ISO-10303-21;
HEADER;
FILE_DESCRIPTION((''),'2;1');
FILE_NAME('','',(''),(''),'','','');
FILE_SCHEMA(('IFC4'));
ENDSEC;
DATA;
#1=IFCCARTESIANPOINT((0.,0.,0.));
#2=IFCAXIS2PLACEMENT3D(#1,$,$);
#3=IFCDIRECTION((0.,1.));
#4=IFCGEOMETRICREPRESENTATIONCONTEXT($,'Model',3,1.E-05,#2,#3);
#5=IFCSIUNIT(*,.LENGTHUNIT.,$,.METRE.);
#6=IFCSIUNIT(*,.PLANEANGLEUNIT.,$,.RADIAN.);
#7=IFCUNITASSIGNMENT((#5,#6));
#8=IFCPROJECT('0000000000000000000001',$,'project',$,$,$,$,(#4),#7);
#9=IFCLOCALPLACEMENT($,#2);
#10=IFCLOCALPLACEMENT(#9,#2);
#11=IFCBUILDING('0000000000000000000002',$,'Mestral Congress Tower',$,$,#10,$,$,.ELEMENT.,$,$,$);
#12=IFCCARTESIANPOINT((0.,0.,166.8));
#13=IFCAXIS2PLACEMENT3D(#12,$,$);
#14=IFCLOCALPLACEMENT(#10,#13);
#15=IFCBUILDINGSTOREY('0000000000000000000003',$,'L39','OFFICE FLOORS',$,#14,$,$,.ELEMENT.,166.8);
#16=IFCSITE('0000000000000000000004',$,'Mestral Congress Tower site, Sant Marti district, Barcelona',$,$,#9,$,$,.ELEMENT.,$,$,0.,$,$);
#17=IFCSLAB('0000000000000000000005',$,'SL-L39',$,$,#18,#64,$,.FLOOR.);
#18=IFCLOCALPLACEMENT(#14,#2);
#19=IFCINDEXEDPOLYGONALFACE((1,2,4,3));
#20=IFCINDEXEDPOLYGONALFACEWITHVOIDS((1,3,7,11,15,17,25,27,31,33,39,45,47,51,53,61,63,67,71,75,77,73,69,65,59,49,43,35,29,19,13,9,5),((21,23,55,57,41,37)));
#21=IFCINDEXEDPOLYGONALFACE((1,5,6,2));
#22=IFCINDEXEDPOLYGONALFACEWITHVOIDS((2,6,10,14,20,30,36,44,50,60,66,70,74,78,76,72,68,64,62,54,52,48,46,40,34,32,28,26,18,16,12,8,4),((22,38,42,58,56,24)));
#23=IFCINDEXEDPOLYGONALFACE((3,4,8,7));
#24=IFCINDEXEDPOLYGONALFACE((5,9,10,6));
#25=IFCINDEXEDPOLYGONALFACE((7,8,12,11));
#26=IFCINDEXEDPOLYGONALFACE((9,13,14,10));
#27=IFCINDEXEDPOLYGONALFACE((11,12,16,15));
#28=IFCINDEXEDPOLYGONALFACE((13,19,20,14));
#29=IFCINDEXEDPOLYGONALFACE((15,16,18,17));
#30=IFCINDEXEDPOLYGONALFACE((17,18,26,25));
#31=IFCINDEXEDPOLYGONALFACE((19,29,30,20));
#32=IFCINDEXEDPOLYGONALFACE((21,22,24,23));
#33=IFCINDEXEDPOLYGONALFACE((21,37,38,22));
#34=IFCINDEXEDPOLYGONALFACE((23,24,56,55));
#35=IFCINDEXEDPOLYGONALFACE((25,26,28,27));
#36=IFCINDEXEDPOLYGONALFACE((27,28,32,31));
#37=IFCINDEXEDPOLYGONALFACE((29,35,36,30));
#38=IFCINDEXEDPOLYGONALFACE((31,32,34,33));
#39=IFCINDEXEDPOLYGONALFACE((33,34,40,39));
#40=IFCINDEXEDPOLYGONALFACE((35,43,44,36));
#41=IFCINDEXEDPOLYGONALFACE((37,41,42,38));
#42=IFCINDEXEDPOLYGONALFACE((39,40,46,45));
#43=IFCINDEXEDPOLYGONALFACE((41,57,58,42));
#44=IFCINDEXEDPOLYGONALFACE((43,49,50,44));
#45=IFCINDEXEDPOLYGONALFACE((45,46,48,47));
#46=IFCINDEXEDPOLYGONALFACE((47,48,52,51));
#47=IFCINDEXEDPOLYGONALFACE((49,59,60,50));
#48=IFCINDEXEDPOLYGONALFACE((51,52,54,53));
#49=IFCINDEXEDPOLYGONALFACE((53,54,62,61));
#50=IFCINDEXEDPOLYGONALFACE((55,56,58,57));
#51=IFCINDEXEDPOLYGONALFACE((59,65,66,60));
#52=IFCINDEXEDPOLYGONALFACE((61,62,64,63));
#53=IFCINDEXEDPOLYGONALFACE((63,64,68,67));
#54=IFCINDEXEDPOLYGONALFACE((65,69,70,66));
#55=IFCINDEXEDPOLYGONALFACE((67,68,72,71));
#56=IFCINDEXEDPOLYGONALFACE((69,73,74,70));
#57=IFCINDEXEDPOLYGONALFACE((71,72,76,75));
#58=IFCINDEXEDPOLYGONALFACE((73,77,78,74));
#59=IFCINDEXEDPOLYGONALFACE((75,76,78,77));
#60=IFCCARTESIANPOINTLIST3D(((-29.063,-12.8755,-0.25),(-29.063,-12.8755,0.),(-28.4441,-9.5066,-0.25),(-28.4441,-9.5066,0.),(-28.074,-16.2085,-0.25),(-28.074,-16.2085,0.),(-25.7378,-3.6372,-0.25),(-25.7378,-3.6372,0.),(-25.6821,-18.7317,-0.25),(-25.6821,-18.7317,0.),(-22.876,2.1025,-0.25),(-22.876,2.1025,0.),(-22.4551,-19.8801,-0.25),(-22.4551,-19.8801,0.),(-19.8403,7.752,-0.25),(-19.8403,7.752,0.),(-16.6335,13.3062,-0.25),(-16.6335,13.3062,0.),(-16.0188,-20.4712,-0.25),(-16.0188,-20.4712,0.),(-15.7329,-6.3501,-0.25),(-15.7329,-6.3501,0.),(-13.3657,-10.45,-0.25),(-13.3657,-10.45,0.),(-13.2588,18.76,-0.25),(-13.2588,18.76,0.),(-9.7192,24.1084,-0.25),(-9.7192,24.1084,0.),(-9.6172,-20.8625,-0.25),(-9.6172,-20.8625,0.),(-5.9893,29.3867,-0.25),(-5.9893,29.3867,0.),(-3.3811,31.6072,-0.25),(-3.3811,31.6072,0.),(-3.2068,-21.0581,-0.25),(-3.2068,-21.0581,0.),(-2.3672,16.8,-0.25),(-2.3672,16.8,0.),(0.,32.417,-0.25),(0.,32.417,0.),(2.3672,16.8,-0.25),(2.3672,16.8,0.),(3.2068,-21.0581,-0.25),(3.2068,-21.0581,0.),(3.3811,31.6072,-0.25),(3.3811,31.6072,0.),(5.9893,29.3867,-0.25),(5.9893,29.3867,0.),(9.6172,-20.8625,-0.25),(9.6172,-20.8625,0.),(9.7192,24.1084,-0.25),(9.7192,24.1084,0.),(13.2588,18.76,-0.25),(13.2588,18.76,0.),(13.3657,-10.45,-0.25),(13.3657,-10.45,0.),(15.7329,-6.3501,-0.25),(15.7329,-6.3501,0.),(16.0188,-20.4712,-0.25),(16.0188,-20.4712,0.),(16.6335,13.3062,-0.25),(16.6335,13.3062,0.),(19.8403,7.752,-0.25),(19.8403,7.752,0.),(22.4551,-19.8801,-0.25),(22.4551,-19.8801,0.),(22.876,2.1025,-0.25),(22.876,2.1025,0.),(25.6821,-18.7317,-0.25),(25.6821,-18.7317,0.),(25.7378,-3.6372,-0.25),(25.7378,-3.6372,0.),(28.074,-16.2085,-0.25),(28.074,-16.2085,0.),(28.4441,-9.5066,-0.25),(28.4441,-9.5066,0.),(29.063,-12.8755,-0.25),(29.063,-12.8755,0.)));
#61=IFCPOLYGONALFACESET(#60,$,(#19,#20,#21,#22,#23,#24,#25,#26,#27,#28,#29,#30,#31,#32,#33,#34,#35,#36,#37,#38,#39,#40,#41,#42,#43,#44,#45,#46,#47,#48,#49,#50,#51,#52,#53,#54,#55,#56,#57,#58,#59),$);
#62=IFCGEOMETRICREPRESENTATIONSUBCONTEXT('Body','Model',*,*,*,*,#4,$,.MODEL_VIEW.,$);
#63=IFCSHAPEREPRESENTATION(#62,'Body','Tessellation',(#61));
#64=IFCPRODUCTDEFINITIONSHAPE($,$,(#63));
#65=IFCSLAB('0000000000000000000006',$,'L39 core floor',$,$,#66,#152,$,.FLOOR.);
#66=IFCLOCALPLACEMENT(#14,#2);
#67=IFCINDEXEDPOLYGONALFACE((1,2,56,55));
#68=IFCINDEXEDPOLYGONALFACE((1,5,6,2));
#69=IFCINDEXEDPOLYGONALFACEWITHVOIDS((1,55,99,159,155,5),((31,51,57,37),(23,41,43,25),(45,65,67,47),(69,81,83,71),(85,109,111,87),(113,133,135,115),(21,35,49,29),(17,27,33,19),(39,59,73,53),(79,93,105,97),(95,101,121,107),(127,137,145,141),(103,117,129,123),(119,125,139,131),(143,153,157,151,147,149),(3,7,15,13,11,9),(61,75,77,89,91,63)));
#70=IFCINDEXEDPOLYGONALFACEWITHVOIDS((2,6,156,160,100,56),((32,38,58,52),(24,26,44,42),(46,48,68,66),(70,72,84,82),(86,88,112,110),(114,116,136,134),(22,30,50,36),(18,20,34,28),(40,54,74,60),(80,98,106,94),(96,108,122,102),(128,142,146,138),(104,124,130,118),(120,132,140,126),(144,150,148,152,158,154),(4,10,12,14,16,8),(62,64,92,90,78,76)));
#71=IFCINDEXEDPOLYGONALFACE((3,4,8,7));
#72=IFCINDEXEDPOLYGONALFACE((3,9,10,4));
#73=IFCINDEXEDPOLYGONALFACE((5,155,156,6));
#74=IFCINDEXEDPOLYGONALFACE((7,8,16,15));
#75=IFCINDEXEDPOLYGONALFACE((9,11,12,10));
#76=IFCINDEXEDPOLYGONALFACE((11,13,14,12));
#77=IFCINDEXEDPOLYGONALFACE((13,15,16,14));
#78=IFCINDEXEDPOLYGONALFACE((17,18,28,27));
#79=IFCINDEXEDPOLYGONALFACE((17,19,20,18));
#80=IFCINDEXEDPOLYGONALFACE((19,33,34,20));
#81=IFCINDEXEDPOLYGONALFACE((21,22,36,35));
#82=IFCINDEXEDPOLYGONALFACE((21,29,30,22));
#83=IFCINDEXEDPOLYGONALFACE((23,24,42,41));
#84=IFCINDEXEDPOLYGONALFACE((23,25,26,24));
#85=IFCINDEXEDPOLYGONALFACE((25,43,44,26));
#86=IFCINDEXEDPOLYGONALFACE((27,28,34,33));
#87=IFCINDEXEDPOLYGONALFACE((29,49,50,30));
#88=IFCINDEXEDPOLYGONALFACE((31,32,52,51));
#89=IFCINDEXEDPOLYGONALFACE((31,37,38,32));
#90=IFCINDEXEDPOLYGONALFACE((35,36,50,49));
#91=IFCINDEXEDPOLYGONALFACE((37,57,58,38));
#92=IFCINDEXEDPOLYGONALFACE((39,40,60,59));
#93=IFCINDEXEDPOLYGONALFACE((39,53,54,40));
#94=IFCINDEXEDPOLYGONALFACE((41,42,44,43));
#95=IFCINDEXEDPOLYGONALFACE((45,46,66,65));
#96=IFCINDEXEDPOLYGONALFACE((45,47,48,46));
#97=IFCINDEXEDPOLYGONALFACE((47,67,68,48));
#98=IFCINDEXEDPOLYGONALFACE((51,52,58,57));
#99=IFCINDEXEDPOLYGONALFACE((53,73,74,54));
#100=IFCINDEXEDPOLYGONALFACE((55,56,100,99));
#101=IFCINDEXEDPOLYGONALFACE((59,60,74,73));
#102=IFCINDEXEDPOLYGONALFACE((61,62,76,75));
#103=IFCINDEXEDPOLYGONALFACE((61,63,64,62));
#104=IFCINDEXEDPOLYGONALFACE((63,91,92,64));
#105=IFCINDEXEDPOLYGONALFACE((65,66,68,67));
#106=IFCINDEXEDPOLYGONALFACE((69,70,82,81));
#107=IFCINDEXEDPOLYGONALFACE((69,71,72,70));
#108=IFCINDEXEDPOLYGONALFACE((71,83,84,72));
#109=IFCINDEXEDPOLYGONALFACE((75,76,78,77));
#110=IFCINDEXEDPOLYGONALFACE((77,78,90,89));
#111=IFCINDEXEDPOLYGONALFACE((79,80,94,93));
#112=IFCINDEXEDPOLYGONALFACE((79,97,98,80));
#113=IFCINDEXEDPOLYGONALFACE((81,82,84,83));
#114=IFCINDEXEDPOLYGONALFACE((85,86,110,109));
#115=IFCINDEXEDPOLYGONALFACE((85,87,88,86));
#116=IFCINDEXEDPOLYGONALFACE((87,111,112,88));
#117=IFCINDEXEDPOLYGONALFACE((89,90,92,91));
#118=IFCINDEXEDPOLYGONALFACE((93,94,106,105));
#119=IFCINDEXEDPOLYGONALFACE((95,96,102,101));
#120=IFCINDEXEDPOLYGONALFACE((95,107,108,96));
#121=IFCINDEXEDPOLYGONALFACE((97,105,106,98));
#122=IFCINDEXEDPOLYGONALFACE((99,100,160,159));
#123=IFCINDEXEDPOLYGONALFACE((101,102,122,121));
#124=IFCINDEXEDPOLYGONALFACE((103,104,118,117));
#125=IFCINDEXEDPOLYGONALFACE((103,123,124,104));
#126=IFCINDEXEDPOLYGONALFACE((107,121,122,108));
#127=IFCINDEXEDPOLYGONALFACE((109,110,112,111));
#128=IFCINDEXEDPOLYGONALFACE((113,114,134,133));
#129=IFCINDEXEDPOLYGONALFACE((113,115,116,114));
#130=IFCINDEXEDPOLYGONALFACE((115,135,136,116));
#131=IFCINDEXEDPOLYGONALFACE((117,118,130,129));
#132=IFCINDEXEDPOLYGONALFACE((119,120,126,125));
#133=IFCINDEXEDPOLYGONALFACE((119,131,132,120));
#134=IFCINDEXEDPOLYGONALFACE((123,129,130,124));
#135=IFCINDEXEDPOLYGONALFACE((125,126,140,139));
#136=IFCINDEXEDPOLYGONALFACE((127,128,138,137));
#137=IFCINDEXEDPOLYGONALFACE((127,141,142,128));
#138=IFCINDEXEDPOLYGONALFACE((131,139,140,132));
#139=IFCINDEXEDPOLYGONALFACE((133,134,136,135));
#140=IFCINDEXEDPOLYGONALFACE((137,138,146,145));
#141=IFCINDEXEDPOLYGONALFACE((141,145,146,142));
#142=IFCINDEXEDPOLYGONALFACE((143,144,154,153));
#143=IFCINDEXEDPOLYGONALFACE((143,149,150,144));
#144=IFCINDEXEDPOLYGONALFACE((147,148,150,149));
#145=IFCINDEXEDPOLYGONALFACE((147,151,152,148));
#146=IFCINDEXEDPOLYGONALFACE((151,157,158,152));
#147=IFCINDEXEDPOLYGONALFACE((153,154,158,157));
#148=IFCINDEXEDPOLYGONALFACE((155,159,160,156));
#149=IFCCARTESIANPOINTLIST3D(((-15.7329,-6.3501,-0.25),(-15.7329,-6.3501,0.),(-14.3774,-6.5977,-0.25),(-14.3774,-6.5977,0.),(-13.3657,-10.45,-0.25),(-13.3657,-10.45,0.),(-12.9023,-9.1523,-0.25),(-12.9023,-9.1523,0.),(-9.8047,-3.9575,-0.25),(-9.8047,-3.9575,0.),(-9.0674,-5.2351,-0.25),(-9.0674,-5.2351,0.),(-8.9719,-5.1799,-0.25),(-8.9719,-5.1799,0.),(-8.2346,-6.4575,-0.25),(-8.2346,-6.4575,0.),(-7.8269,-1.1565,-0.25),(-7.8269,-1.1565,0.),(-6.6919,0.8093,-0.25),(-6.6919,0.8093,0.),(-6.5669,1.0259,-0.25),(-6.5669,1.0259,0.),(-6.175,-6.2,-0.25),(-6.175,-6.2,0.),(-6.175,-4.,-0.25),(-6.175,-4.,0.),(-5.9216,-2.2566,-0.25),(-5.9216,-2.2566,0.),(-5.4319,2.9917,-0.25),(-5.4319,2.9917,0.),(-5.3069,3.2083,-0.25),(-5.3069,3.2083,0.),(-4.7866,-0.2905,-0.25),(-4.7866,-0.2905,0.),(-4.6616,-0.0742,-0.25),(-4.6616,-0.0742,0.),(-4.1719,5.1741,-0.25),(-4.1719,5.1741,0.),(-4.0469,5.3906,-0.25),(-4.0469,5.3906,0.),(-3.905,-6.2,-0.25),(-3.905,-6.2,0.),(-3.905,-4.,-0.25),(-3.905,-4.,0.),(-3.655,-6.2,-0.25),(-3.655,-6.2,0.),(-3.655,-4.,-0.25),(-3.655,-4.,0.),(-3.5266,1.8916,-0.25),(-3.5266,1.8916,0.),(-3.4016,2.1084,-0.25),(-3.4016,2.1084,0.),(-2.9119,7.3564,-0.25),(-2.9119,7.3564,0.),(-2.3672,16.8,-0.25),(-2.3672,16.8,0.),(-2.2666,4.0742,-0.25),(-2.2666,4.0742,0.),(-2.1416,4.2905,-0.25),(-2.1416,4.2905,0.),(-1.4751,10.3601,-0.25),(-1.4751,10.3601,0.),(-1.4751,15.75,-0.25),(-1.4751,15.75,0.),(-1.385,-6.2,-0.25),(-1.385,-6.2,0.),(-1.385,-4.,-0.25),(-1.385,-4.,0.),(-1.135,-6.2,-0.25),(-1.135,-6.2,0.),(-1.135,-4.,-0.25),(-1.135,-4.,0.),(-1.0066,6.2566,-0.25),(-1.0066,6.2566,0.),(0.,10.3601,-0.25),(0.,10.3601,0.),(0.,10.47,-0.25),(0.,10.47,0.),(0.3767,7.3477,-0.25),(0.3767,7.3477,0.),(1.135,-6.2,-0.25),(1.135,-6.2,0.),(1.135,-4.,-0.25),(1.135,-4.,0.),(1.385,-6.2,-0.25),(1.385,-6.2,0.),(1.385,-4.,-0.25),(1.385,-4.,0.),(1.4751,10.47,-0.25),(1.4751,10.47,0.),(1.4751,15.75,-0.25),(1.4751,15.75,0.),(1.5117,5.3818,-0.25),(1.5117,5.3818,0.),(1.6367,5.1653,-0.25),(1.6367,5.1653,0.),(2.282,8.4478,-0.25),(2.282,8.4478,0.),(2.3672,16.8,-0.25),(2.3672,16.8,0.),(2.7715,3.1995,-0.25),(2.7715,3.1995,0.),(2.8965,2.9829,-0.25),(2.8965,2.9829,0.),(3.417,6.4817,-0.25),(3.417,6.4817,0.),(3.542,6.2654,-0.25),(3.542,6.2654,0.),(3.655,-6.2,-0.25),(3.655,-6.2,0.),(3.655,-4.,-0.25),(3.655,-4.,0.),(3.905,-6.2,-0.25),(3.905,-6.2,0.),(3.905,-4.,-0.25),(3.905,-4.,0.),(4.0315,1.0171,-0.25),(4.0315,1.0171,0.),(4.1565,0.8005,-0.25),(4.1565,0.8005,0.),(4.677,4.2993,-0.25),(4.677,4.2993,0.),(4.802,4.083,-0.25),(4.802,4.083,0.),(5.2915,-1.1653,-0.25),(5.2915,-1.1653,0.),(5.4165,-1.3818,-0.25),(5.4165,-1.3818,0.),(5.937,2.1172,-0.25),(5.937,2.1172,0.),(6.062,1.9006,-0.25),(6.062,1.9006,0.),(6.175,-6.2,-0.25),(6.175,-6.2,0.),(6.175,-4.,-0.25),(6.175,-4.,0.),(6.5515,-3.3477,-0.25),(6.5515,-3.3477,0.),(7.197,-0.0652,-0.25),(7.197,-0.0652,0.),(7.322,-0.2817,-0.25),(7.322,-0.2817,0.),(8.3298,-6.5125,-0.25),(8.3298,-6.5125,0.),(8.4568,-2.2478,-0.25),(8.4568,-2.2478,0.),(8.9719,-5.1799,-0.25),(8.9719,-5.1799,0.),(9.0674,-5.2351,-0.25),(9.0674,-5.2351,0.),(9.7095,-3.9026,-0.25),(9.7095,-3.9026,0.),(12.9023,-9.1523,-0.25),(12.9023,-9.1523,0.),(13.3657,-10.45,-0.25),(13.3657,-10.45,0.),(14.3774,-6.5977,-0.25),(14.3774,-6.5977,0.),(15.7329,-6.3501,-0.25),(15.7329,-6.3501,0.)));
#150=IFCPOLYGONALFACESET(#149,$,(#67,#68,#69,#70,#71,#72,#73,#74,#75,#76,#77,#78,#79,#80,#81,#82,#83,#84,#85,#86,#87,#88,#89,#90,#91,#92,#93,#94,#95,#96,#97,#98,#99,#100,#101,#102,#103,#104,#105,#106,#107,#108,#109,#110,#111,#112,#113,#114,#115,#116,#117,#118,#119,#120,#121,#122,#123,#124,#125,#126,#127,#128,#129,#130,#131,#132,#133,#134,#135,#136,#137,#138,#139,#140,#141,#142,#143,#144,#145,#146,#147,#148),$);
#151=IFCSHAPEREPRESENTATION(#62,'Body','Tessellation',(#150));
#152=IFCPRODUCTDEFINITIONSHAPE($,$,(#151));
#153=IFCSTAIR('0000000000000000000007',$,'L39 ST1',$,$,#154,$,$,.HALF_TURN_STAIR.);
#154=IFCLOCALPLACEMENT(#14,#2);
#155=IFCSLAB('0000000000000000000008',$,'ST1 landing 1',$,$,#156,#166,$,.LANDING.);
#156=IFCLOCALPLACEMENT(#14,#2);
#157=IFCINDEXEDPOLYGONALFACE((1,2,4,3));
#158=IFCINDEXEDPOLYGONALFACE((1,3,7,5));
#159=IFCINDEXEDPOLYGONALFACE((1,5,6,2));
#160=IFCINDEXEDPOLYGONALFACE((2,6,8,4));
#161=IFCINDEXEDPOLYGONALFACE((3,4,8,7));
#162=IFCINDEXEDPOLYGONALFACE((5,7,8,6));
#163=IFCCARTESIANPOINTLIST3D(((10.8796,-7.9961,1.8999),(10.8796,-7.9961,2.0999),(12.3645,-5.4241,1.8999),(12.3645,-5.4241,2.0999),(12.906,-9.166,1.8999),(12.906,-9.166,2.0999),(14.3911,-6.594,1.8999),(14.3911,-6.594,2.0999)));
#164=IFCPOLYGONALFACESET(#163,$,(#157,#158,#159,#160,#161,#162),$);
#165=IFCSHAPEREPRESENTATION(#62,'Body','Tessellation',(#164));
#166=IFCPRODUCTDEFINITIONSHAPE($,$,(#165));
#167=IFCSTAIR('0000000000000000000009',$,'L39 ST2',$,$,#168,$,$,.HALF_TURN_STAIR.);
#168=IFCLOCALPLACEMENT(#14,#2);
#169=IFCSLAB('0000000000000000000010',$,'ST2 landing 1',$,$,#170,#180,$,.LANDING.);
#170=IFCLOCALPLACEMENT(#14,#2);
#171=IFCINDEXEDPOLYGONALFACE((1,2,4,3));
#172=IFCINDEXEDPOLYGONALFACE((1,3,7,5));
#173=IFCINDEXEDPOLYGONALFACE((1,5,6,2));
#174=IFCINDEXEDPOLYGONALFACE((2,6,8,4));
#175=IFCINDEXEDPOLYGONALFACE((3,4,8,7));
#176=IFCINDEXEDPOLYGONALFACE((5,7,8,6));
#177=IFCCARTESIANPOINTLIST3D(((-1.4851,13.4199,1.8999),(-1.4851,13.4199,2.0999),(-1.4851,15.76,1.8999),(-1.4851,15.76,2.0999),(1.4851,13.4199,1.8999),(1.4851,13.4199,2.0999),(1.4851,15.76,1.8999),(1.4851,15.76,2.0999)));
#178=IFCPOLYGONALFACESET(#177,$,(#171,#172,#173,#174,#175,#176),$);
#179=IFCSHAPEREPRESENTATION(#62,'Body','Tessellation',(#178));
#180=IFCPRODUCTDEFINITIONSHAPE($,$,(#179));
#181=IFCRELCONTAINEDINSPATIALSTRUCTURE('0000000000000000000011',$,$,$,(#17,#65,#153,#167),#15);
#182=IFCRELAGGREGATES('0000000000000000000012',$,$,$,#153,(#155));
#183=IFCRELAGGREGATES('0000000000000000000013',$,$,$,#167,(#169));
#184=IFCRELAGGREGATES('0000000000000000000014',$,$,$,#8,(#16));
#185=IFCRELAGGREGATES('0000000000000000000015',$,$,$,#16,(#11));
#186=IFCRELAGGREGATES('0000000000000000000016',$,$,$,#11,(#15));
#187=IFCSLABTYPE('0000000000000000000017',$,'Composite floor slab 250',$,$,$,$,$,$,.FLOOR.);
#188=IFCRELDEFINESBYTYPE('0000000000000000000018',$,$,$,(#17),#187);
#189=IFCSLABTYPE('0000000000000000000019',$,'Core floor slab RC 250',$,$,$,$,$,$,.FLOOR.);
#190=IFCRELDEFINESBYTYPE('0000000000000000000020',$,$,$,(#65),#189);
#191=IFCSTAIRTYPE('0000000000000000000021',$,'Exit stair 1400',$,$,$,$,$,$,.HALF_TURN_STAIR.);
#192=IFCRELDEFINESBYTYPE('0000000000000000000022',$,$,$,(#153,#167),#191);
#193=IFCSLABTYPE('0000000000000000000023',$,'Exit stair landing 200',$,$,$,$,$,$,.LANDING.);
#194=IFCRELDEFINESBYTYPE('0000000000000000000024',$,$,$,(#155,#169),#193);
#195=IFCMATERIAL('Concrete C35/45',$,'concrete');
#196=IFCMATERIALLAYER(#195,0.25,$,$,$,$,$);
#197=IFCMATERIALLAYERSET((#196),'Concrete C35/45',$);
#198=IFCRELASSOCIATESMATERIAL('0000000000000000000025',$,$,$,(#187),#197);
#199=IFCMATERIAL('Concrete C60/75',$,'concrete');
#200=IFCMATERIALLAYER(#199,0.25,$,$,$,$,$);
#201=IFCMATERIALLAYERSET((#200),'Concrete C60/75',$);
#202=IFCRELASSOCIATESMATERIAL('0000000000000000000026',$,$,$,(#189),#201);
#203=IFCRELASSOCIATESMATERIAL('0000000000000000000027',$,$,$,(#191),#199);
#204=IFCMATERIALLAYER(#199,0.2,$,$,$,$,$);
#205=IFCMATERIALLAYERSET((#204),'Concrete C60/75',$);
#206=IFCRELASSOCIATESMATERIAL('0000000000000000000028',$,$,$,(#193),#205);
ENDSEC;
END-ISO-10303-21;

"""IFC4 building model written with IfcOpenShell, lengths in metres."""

from ifc_helpers import new_model, si_unit, direction, frame, origin, place, context, subcontext, project, spatial, polyline, outline, extrude, material, layer, layer_set, type_object, element, aggregate, save


model = new_model("IFC4")

# Units and contexts
model_context = context("Model", 3, precision=1e-05, world=origin(), true_north=direction((0.0, 1.0)))
body_context = subcontext(model_context, "Body", "Model", "MODEL_VIEW")
ifc_project = project(units=[si_unit("LENGTHUNIT", "METRE"), si_unit("PLANEANGLEUNIT", "RADIAN")], contexts=[model_context])

# Site, building, storey
site_placement = place(None, origin())
site = spatial("IfcSite", under=ifc_project, at=site_placement, Name="Mestral Congress Tower site, Sant Marti district, Barcelona", CompositionType="ELEMENT", RefElevation=0.0)
building_placement = place(site_placement, origin())
building = spatial("IfcBuilding", under=site, at=building_placement, Name="Mestral Congress Tower", CompositionType="ELEMENT")
storey_placement = place(building_placement, frame((0.0, 0.0, 166.8)))
storey = spatial("IfcBuildingStorey", under=building, at=storey_placement, Name="L39", Description="OFFICE FLOORS", CompositionType="ELEMENT", Elevation=166.8)

# Slabs
ifc_material_1 = material(Name="Concrete C35/45", Category="concrete")
ifc_layer_1 = layer(ifc_material_1, 0.25)
ifc_layer_set_1 = layer_set([ifc_layer_1], Name="Concrete C35/45")
slab_type_1 = type_object("IfcSlabType", Name="Composite floor slab 250", PredefinedType="FLOOR", material=ifc_layer_set_1)
placement_1 = place(storey_placement, frame((0.0, 0.0, -0.25)))
element("IfcSlab", 1, at=placement_1, inside=storey, type_object=slab_type_1, Name="SL-L39", PredefinedType="FLOOR", context=body_context, shape_type="SweptSolid", body=[
    extrude(outline(polyline([(-22.4551, -19.8801), (-25.6821, -18.7317), (-28.074, -16.2085), (-29.063, -12.8755), (-28.4441, -9.5066), (-25.7378, -3.6372), (-22.876, 2.1025), (-19.8403, 7.752), (-16.6335, 13.3062), (-13.2588, 18.76), (-9.7192, 24.1084), (-5.9893, 29.3867), (-3.3811, 31.6072), (0.0, 32.417), (3.3811, 31.6072), (5.9893, 29.3867), (9.7192, 24.1084), (13.2588, 18.76), (16.6335, 13.3062), (19.8403, 7.752), (22.876, 2.1025), (25.7378, -3.6372), (28.4441, -9.5066), (29.063, -12.8755), (28.074, -16.2085), (25.6821, -18.7317), (22.4551, -19.8801), (16.0188, -20.4712), (9.6172, -20.8625), (3.2068, -21.0581), (-3.2068, -21.0581), (-9.6172, -20.8625), (-16.0188, -20.4712), (-22.4551, -19.8801)]), holes=[polyline([(-2.3672, 16.8), (-15.7329, -6.3501), (-13.3657, -10.45), (13.3657, -10.45), (15.7329, -6.3501), (2.3672, 16.8), (-2.3672, 16.8)])]), origin(), (0.0, 0.0, 1.0), 0.25),
])
ifc_material_2 = material(Name="Concrete C60/75", Category="concrete")
ifc_layer_2 = layer(ifc_material_2, 0.25)
ifc_layer_set_2 = layer_set([ifc_layer_2], Name="Concrete C60/75")
slab_type_2 = type_object("IfcSlabType", Name="Core floor slab RC 250", PredefinedType="FLOOR", material=ifc_layer_set_2)
element("IfcSlab", 2, at=placement_1, inside=storey, type_object=slab_type_2, Name="L39 core floor", PredefinedType="FLOOR", context=body_context, shape_type="SweptSolid", body=[
    extrude(outline(polyline([(13.3657, -10.45), (-13.3657, -10.45), (-15.7329, -6.3501), (-2.3672, 16.8), (2.3672, 16.8), (15.7329, -6.3501), (13.3657, -10.45)]), holes=[polyline([(-9.8047, -3.9575), (-14.3774, -6.5977), (-12.9023, -9.1523), (-8.2346, -6.4575), (-8.9719, -5.1799), (-9.0674, -5.2351), (-9.8047, -3.9575)]), polyline([(-3.905, -4.0), (-6.175, -4.0), (-6.175, -6.2), (-3.905, -6.2), (-3.905, -4.0)]), polyline([(-1.385, -4.0), (-3.655, -4.0), (-3.655, -6.2), (-1.385, -6.2), (-1.385, -4.0)]), polyline([(1.135, -4.0), (-1.135, -4.0), (-1.135, -6.2), (1.135, -6.2), (1.135, -4.0)]), polyline([(-5.9216, -2.2566), (-4.7866, -0.2905), (-6.6919, 0.8093), (-7.8269, -1.1565), (-5.9216, -2.2566)]), polyline([(-4.6616, -0.0742), (-3.5266, 1.8916), (-5.4319, 2.9917), (-6.5669, 1.0259), (-4.6616, -0.0742)]), polyline([(-3.4016, 2.1084), (-2.2666, 4.0742), (-4.1719, 5.1741), (-5.3069, 3.2083), (-3.4016, 2.1084)]), polyline([(-2.1416, 4.2905), (-1.0066, 6.2566), (-2.9119, 7.3564), (-4.0469, 5.3906), (-2.1416, 4.2905)]), polyline([(1.4751, 10.47), (1.4751, 15.75), (-1.4751, 15.75), (-1.4751, 10.3601), (0.0, 10.3601), (0.0, 10.47), (1.4751, 10.47)]), polyline([(8.3298, -6.5125), (12.9023, -9.1523), (14.3774, -6.5977), (9.7095, -3.9026), (8.9719, -5.1799), (9.0674, -5.2351), (8.3298, -6.5125)]), polyline([(3.655, -4.0), (1.385, -4.0), (1.385, -6.2), (3.655, -6.2), (3.655, -4.0)]), polyline([(6.175, -4.0), (3.905, -4.0), (3.905, -6.2), (6.175, -6.2), (6.175, -4.0)]), polyline([(5.4165, -1.3818), (6.5515, -3.3477), (8.4568, -2.2478), (7.322, -0.2817), (5.4165, -1.3818)]), polyline([(4.1565, 0.8005), (5.2915, -1.1653), (7.197, -0.0652), (6.062, 1.9006), (4.1565, 0.8005)]), polyline([(2.8965, 2.9829), (4.0315, 1.0171), (5.937, 2.1172), (4.802, 4.083), (2.8965, 2.9829)]), polyline([(3.542, 6.2654), (1.6367, 5.1653), (2.7715, 3.1995), (4.677, 4.2993), (3.542, 6.2654)]), polyline([(2.282, 8.4478), (0.3767, 7.3477), (1.5117, 5.3818), (3.417, 6.4817), (2.282, 8.4478)])]), origin(), (0.0, 0.0, 1.0), 0.25),
])

# Stairs, slabs
stair_type = type_object("IfcStairType", Name="Exit stair 1400", PredefinedType="HALF_TURN_STAIR", material=ifc_material_2)
placement_2 = place(storey_placement, origin())
stair_1 = element("IfcStair", 3, at=placement_2, inside=storey, type_object=stair_type, Name="L39 ST1", PredefinedType="HALF_TURN_STAIR")
ifc_layer_3 = layer(ifc_material_2, 0.2)
ifc_layer_set_3 = layer_set([ifc_layer_3], Name="Concrete C60/75")
slab_type_3 = type_object("IfcSlabType", Name="Exit stair landing 200", PredefinedType="LANDING", material=ifc_layer_set_3)
placement_3 = place(storey_placement, frame((0.0, 0.0, 1.8999)))
slab_1 = element("IfcSlab", 4, at=placement_3, type_object=slab_type_3, Name="ST1 landing 1", PredefinedType="LANDING", context=body_context, shape_type="SweptSolid", body=[
    extrude(outline(polyline([(10.8796, -7.9961), (12.3645, -5.4241), (14.3911, -6.594), (12.906, -9.166), (10.8796, -7.9961)])), origin(), (0.0, 0.0, 1.0), 0.2),
])
aggregate(stair_1, [slab_1])
stair_2 = element("IfcStair", 5, at=placement_2, inside=storey, type_object=stair_type, Name="L39 ST2", PredefinedType="HALF_TURN_STAIR")
slab_2 = element("IfcSlab", 6, at=placement_3, type_object=slab_type_3, Name="ST2 landing 1", PredefinedType="LANDING", context=body_context, shape_type="SweptSolid", body=[
    extrude(outline(polyline([(1.4851, 13.4199), (-1.4851, 13.4199), (-1.4851, 15.76), (1.4851, 15.76), (1.4851, 13.4199)])), origin(), (0.0, 0.0, 1.0), 0.2),
])
aggregate(stair_2, [slab_2])

save(model, "model.ifc")
